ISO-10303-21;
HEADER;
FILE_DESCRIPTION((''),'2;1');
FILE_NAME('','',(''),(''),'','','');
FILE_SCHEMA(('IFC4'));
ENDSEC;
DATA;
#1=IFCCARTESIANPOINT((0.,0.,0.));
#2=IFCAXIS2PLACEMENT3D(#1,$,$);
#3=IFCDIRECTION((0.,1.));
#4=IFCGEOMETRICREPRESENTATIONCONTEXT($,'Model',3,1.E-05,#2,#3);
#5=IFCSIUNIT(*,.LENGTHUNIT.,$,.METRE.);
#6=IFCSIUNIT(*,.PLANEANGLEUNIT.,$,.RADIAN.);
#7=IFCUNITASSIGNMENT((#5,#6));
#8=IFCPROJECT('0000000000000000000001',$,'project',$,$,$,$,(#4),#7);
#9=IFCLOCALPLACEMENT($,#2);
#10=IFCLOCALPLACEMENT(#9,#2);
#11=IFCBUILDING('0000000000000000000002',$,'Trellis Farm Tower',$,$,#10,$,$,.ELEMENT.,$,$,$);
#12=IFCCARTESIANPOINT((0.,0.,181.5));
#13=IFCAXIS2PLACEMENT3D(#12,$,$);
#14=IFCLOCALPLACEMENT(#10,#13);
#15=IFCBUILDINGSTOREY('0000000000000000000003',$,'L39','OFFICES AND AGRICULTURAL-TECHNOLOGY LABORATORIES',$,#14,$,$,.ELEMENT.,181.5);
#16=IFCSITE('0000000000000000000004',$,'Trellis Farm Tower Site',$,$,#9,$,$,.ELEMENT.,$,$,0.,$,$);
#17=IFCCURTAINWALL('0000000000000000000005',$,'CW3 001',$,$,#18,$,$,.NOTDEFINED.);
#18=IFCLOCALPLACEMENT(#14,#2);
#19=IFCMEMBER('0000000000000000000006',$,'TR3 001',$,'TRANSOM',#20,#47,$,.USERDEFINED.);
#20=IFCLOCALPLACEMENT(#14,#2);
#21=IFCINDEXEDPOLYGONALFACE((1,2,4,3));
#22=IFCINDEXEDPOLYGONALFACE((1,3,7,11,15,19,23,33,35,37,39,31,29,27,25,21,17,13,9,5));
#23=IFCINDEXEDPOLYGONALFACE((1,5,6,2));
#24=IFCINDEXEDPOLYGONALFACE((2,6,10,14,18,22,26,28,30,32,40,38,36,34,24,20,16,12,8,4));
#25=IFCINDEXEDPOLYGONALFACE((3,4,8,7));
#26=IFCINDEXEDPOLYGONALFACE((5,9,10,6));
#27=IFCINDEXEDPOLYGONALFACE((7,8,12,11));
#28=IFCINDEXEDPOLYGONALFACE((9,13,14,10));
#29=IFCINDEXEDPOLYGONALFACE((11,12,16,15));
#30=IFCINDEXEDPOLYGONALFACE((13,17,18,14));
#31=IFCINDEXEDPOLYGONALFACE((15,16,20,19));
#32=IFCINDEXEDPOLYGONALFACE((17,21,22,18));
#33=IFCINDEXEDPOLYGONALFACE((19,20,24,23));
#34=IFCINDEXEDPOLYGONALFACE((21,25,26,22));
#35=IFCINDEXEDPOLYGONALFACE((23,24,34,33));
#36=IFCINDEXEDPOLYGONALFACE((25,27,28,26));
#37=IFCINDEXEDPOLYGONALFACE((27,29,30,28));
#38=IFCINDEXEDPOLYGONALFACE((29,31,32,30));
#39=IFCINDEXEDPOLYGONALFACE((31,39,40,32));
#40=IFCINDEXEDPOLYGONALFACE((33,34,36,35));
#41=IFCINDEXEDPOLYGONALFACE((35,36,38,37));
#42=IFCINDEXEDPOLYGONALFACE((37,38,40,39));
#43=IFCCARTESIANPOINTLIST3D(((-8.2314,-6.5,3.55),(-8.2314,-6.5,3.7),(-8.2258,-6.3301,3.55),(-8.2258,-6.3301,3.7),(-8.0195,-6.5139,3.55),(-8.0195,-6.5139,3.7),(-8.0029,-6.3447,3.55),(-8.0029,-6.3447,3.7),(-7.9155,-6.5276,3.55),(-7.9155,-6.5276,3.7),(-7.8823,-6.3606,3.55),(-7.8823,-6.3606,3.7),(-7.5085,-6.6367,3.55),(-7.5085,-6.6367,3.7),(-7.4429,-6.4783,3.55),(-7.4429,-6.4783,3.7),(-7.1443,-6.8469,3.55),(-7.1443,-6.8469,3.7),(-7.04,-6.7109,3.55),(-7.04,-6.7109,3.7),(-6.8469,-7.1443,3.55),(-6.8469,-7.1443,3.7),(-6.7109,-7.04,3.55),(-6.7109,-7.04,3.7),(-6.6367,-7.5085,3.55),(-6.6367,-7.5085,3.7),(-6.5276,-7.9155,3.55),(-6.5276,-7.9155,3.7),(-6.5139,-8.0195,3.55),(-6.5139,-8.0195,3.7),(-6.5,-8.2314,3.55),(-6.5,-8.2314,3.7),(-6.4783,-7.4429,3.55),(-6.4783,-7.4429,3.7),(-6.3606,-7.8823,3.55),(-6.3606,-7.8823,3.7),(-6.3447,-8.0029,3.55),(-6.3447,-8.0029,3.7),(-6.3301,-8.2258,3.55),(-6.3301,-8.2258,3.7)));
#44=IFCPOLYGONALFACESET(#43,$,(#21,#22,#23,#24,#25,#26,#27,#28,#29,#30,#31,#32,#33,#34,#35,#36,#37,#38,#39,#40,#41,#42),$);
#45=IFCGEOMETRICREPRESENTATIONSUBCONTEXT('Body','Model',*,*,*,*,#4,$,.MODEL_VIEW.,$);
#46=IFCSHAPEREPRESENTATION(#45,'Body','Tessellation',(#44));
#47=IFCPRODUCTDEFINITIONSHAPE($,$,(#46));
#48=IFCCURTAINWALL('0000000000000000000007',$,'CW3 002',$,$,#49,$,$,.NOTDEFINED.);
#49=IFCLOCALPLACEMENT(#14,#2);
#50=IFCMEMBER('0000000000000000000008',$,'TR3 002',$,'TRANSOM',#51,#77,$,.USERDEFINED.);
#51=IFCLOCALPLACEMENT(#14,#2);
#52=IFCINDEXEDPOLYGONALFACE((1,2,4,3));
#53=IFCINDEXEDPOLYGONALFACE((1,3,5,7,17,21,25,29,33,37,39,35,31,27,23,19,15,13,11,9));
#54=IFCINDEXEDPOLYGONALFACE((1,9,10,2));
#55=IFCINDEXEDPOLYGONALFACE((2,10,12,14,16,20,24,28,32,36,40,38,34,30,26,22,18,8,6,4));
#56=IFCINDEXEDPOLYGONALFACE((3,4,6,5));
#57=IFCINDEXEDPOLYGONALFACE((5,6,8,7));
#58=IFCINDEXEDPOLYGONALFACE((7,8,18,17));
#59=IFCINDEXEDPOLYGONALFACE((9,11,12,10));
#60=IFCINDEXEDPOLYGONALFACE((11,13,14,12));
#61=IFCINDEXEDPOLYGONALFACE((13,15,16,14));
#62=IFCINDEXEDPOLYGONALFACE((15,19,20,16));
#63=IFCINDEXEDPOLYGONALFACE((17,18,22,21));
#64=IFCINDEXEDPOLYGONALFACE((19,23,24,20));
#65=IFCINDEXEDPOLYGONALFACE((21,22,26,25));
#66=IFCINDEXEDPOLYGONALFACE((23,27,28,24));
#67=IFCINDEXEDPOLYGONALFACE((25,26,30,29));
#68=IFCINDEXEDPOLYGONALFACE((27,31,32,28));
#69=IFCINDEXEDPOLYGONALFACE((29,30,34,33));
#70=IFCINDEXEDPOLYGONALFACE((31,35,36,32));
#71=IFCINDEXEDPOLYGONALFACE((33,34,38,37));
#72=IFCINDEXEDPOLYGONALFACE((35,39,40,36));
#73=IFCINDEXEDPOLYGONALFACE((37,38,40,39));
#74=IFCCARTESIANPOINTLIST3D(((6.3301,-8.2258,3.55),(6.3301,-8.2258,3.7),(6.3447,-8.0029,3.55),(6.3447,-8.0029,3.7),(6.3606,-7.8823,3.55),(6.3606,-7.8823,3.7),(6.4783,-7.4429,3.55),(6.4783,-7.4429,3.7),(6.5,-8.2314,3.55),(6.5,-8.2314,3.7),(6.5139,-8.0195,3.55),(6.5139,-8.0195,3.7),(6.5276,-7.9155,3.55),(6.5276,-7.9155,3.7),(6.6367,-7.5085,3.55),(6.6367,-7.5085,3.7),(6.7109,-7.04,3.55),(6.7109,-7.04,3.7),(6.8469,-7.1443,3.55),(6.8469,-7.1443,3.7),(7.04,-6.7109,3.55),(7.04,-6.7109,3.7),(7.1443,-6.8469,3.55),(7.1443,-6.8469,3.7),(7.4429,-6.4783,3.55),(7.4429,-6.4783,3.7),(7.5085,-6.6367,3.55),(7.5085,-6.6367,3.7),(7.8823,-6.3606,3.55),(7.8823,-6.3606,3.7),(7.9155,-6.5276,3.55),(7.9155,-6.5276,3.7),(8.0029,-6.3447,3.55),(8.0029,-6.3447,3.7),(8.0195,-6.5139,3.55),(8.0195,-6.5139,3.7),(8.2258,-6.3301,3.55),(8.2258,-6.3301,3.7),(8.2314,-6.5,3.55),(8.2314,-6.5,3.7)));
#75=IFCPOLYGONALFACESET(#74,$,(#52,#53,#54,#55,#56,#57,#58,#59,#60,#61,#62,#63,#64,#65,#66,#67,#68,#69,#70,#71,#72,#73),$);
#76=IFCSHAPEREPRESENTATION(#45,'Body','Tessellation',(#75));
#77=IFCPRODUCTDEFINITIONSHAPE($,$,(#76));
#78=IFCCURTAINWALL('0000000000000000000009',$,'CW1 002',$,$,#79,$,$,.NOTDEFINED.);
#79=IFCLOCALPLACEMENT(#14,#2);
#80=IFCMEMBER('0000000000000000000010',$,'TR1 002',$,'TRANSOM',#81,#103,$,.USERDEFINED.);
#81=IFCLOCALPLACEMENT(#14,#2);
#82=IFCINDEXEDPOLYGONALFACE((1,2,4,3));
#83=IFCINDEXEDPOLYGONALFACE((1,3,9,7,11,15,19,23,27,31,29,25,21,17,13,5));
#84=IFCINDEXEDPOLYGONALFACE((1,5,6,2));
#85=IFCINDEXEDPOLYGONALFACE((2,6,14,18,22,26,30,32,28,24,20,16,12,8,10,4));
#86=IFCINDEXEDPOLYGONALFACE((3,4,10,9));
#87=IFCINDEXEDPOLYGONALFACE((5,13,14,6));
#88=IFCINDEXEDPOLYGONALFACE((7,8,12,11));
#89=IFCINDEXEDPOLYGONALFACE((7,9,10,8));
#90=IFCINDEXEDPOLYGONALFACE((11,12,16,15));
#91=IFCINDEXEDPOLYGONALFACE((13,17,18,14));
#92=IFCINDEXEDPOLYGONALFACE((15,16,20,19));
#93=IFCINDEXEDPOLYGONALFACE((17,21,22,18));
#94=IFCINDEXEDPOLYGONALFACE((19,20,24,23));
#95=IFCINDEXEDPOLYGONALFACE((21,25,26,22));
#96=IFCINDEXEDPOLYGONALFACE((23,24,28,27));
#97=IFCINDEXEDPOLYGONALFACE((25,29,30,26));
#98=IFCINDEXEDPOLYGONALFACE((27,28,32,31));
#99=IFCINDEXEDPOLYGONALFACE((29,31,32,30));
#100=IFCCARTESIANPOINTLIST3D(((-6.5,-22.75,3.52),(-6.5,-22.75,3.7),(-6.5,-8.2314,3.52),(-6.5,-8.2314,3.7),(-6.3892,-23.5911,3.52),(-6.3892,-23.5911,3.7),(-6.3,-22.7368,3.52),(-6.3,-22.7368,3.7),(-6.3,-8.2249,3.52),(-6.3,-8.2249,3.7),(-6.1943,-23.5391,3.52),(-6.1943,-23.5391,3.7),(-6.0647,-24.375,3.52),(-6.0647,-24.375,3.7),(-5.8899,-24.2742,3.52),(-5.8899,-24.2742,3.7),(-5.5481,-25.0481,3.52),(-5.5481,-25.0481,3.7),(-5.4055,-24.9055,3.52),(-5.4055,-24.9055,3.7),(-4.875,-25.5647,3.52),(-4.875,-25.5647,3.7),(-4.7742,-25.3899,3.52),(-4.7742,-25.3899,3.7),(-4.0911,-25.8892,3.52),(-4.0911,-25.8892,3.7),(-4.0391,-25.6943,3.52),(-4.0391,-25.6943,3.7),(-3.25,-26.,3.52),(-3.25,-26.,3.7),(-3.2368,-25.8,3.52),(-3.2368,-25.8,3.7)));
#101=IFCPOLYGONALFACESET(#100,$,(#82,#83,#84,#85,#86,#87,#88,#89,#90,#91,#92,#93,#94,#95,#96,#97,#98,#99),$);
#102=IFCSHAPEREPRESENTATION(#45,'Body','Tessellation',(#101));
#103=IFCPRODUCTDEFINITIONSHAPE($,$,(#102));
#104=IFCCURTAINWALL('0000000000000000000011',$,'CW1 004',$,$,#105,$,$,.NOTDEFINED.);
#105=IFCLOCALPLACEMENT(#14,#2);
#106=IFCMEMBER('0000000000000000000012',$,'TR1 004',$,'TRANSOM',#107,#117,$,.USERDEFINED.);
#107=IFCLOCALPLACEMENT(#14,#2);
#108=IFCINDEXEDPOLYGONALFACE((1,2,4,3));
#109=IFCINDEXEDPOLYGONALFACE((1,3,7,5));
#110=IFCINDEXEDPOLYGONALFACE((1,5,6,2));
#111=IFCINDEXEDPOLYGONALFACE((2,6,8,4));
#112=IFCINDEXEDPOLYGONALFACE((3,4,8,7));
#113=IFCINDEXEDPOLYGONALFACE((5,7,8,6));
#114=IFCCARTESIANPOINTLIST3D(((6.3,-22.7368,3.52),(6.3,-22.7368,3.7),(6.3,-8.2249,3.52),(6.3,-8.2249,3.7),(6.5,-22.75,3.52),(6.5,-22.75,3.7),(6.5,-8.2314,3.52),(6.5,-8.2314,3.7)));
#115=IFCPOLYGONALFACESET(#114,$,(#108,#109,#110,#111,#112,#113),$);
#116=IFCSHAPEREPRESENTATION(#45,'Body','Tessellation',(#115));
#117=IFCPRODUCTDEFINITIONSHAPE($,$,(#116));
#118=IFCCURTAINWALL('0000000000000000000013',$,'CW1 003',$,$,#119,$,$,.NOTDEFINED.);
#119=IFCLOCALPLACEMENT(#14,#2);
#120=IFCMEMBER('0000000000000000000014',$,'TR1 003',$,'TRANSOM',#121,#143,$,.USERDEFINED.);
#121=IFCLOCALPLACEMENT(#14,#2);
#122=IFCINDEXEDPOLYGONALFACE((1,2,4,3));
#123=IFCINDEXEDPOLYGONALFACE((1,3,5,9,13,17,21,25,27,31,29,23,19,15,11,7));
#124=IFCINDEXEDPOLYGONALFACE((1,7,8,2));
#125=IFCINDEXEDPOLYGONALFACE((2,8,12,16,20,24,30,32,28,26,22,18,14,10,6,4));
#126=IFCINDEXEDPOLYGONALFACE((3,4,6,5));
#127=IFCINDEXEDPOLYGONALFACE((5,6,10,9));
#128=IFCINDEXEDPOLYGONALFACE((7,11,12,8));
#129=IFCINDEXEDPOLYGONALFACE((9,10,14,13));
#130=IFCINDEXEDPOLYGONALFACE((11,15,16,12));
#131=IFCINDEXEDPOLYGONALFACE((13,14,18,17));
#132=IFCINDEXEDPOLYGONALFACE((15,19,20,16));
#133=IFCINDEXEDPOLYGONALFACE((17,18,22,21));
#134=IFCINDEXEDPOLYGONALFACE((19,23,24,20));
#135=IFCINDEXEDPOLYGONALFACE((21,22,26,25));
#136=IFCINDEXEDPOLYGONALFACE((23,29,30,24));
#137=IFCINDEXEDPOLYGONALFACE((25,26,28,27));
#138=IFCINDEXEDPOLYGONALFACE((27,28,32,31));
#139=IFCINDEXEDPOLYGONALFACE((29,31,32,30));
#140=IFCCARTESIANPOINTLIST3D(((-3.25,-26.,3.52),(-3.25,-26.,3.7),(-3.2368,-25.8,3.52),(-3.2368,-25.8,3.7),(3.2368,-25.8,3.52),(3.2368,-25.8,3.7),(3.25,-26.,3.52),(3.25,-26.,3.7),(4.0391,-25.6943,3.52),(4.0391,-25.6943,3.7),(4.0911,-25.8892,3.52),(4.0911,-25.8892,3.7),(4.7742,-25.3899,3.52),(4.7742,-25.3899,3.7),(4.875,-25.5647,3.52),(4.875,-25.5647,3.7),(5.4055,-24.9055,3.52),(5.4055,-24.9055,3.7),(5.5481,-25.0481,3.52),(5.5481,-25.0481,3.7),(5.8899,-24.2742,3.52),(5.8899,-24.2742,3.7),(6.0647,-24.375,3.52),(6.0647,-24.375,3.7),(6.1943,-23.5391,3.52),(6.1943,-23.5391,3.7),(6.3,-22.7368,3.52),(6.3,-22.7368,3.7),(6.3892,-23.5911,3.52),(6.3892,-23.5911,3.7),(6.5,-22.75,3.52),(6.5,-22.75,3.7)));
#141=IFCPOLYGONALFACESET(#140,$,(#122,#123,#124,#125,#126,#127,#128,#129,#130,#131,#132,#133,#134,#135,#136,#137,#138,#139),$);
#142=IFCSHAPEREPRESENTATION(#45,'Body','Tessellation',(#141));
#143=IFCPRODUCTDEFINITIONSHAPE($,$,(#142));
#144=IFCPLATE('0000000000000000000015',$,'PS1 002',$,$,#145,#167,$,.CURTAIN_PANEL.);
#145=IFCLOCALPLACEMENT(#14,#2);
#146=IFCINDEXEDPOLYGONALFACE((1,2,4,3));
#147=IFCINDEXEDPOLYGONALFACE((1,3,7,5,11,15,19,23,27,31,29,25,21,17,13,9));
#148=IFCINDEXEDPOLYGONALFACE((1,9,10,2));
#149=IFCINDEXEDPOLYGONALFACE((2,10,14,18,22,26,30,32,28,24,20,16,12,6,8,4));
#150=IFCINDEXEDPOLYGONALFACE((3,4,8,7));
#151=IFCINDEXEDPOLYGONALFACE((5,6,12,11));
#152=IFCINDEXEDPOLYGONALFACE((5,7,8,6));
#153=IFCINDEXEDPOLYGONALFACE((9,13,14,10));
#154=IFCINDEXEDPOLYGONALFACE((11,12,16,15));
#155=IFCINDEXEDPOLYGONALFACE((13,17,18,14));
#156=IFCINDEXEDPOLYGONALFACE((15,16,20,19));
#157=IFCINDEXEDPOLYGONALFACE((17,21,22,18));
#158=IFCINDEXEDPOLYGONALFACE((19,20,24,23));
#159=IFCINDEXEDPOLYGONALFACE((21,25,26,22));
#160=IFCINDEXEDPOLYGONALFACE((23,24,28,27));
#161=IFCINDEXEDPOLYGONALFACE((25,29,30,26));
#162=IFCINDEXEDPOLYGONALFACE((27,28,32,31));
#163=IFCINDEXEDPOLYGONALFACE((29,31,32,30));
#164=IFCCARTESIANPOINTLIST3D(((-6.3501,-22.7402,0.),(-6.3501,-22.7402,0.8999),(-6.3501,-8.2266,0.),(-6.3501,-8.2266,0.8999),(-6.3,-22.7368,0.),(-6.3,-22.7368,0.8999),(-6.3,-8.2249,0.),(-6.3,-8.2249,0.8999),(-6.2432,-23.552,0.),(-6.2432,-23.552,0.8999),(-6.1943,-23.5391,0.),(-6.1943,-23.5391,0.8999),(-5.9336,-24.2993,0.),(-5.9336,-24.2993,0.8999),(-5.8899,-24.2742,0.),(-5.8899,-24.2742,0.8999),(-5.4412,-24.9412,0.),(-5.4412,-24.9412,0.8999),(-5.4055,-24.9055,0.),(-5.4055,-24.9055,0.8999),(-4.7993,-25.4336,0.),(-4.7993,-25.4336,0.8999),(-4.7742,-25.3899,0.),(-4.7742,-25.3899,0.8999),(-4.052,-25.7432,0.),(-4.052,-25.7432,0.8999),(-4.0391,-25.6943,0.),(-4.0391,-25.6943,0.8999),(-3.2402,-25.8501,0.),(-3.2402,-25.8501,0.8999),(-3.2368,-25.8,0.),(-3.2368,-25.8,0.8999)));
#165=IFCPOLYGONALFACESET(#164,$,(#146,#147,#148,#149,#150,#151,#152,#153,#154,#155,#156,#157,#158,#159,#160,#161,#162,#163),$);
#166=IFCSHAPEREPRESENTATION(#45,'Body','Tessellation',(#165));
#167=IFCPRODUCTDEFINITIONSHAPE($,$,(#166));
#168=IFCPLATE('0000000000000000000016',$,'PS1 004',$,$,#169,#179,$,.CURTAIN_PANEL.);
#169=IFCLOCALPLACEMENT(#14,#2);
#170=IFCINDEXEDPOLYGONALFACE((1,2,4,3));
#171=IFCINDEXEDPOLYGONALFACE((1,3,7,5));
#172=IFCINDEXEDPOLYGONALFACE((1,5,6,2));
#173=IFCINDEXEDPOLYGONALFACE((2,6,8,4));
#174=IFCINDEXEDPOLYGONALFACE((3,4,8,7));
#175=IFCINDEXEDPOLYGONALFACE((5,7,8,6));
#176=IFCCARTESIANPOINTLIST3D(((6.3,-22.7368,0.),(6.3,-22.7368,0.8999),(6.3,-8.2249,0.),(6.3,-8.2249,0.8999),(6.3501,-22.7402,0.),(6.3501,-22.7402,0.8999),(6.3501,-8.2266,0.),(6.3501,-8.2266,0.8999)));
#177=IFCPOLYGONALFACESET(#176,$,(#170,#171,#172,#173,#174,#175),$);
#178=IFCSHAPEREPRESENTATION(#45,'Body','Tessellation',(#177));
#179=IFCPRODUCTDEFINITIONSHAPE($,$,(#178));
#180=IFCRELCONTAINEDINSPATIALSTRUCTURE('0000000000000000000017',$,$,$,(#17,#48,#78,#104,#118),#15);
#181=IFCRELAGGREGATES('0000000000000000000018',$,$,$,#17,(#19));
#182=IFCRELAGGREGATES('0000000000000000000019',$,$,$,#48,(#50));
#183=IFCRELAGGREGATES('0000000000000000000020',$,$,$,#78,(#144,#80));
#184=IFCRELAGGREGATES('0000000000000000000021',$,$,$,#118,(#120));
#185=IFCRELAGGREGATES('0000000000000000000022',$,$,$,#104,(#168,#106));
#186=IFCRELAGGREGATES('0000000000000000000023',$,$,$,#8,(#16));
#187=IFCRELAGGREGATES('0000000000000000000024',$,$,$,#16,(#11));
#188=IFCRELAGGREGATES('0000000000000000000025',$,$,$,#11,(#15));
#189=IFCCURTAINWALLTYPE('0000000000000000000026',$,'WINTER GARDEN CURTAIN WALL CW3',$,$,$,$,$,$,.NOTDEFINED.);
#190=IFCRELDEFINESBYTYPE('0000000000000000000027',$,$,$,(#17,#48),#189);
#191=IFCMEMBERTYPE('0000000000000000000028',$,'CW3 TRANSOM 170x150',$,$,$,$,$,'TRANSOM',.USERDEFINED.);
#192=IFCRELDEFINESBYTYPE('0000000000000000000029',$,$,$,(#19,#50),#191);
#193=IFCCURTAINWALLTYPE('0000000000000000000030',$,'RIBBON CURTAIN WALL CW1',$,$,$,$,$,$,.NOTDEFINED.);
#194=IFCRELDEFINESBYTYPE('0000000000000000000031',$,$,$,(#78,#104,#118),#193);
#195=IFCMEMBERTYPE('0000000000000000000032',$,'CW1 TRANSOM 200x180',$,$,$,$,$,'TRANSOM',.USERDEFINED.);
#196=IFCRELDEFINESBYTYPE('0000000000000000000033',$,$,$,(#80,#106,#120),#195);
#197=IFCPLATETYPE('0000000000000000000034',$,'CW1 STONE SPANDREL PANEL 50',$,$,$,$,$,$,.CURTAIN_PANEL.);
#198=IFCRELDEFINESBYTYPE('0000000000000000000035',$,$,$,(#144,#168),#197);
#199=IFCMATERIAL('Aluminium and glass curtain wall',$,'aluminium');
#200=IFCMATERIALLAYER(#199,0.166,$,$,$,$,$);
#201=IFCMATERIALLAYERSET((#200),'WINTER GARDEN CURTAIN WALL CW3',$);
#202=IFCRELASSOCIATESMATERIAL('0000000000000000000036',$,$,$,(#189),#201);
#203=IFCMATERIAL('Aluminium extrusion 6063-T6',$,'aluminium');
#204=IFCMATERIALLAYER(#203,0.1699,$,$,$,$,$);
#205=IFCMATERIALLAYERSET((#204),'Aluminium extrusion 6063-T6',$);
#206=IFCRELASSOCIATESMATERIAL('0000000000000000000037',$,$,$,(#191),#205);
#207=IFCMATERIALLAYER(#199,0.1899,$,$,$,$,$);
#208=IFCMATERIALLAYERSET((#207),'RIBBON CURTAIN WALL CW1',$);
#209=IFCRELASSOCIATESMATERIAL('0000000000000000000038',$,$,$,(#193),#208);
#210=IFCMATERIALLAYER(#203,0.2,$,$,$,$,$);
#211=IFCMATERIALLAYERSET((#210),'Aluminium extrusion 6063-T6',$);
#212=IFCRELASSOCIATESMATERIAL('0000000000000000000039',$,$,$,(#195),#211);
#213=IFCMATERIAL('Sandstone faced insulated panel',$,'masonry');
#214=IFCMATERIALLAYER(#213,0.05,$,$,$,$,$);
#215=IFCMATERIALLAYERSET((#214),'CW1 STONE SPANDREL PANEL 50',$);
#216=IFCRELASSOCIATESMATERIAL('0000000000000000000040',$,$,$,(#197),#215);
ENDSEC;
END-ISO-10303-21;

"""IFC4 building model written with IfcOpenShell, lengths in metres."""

from ifc_helpers import new_model, si_unit, direction, frame, origin, place, context, subcontext, project, spatial, polyline, outline, extrude, source, transform, mapped, material, layer, layer_set, type_object, element, aggregate, save


model = new_model("IFC4")

# Units and contexts
model_context = context("Model", 3, precision=1e-05, world=origin(), true_north=direction((0.0, 1.0)))
body_context = subcontext(model_context, "Body", "Model", "MODEL_VIEW")
ifc_project = project(units=[si_unit("LENGTHUNIT", "METRE"), si_unit("PLANEANGLEUNIT", "RADIAN")], contexts=[model_context])

# Site, building, storey
site_placement = place(None, origin())
site = spatial("IfcSite", under=ifc_project, at=site_placement, Name="Trellis Farm Tower Site", CompositionType="ELEMENT", RefElevation=0.0)
building_placement = place(site_placement, origin())
building = spatial("IfcBuilding", under=site, at=building_placement, Name="Trellis Farm Tower", CompositionType="ELEMENT")
storey_placement = place(building_placement, frame((0.0, 0.0, 181.5)))
storey = spatial("IfcBuildingStorey", under=building, at=storey_placement, Name="L39", Description="OFFICES AND AGRICULTURAL-TECHNOLOGY LABORATORIES", CompositionType="ELEMENT", Elevation=181.5)

# Curtain walls, members
ifc_material_1 = material(Name="Aluminium and glass curtain wall", Category="aluminium")
ifc_layer_1 = layer(ifc_material_1, 0.166)
ifc_layer_set_1 = layer_set([ifc_layer_1], Name="WINTER GARDEN CURTAIN WALL CW3")
curtain_wall_type_1 = type_object("IfcCurtainWallType", Name="WINTER GARDEN CURTAIN WALL CW3", PredefinedType="NOTDEFINED", material=ifc_layer_set_1)
placement_1 = place(storey_placement, origin())
curtain_wall_1 = element("IfcCurtainWall", 1, at=placement_1, inside=storey, type_object=curtain_wall_type_1, Name="CW3 001", PredefinedType="NOTDEFINED")
ifc_material_2 = material(Name="Aluminium extrusion 6063-T6", Category="aluminium")
ifc_layer_2 = layer(ifc_material_2, 0.1699)
ifc_layer_set_2 = layer_set([ifc_layer_2], Name="Aluminium extrusion 6063-T6")
member_type_1 = type_object("IfcMemberType", Name="CW3 TRANSOM 170x150", ElementType="TRANSOM", PredefinedType="USERDEFINED", material=ifc_layer_set_2)
shared_shape_1 = source(origin(), body_context, "Body", "SweptSolid", [
    extrude(outline(polyline([(-8.2314, -6.5), (-8.0195, -6.5139), (-7.9155, -6.5276), (-7.5085, -6.6367), (-7.1443, -6.8469), (-6.8469, -7.1443), (-6.6367, -7.5085), (-6.5276, -7.9155), (-6.5139, -8.0195), (-6.5, -8.2314), (-6.3301, -8.2258), (-6.3447, -8.0029), (-6.3606, -7.8823), (-6.4783, -7.4429), (-6.7109, -7.04), (-7.04, -6.7109), (-7.4429, -6.4783), (-7.8823, -6.3606), (-8.0029, -6.3447), (-8.2258, -6.3301), (-8.2314, -6.5)])), origin(), (0.0, 0.0, 1.0), 0.1499),
])
placement_2 = place(storey_placement, frame((0.0, 0.0, 3.55)))
member_1 = element("IfcMember", 2, at=placement_2, type_object=member_type_1, Name="TR3 001", ObjectType="TRANSOM", PredefinedType="USERDEFINED", context=body_context, shape_type="MappedRepresentation", body=[
    mapped(shared_shape_1, transform((0.0, 0.0, 0.0))),
])
aggregate(curtain_wall_1, [member_1])
curtain_wall_2 = element("IfcCurtainWall", 3, at=placement_1, inside=storey, type_object=curtain_wall_type_1, Name="CW3 002", PredefinedType="NOTDEFINED")
shared_shape_2 = source(origin(), body_context, "Body", "SweptSolid", [
    extrude(outline(polyline([(6.5, -8.2314), (6.5139, -8.0195), (6.5276, -7.9155), (6.6367, -7.5085), (6.8469, -7.1443), (7.1443, -6.8469), (7.5085, -6.6367), (7.9155, -6.5276), (8.0195, -6.5139), (8.2314, -6.5), (8.2258, -6.3301), (8.0029, -6.3447), (7.8823, -6.3606), (7.4429, -6.4783), (7.04, -6.7109), (6.7109, -7.04), (6.4783, -7.4429), (6.3606, -7.8823), (6.3447, -8.0029), (6.3301, -8.2258), (6.5, -8.2314)])), origin(), (0.0, 0.0, 1.0), 0.1499),
])
member_2 = element("IfcMember", 4, at=placement_2, type_object=member_type_1, Name="TR3 002", ObjectType="TRANSOM", PredefinedType="USERDEFINED", context=body_context, shape_type="MappedRepresentation", body=[
    mapped(shared_shape_2, transform((0.0, 0.0, 0.0))),
])
ifc_layer_3 = layer(ifc_material_1, 0.1899)
ifc_layer_set_3 = layer_set([ifc_layer_3], Name="RIBBON CURTAIN WALL CW1")
curtain_wall_type_2 = type_object("IfcCurtainWallType", Name="RIBBON CURTAIN WALL CW1", PredefinedType="NOTDEFINED", material=ifc_layer_set_3)
curtain_wall_3 = element("IfcCurtainWall", 5, at=placement_1, inside=storey, type_object=curtain_wall_type_2, Name="CW1 002", PredefinedType="NOTDEFINED")
ifc_layer_4 = layer(ifc_material_2, 0.2)
ifc_layer_set_4 = layer_set([ifc_layer_4], Name="Aluminium extrusion 6063-T6")
member_type_2 = type_object("IfcMemberType", Name="CW1 TRANSOM 200x180", ElementType="TRANSOM", PredefinedType="USERDEFINED", material=ifc_layer_set_4)
shared_shape_3 = source(origin(), body_context, "Body", "SweptSolid", [
    extrude(outline(polyline([(-6.5, -8.2314), (-6.5, -22.75), (-6.3892, -23.5911), (-6.0647, -24.375), (-5.5481, -25.0481), (-4.875, -25.5647), (-4.0911, -25.8892), (-3.25, -26.0), (-3.2368, -25.8), (-4.0391, -25.6943), (-4.7742, -25.3899), (-5.4055, -24.9055), (-5.8899, -24.2742), (-6.1943, -23.5391), (-6.3, -22.7368), (-6.3, -8.2249), (-6.5, -8.2314)])), origin(), (0.0, 0.0, 1.0), 0.1799),
])
placement_3 = place(storey_placement, frame((0.0, 0.0, 3.52)))
member_3 = element("IfcMember", 6, at=placement_3, type_object=member_type_2, Name="TR1 002", ObjectType="TRANSOM", PredefinedType="USERDEFINED", context=body_context, shape_type="MappedRepresentation", body=[
    mapped(shared_shape_3, transform((0.0, 0.0, 0.0))),
])
curtain_wall_4 = element("IfcCurtainWall", 7, at=placement_1, inside=storey, type_object=curtain_wall_type_2, Name="CW1 004", PredefinedType="NOTDEFINED")
shared_shape_4 = source(origin(), body_context, "Body", "SweptSolid", [
    extrude(outline(polyline([(6.5, -22.75), (6.5, -8.2314), (6.3, -8.2249), (6.3, -22.7368), (6.5, -22.75)])), origin(), (0.0, 0.0, 1.0), 0.1799),
])
member_4 = element("IfcMember", 8, at=placement_3, type_object=member_type_2, Name="TR1 004", ObjectType="TRANSOM", PredefinedType="USERDEFINED", context=body_context, shape_type="MappedRepresentation", body=[
    mapped(shared_shape_4, transform((0.0, 0.0, 0.0))),
])
curtain_wall_5 = element("IfcCurtainWall", 9, at=placement_1, inside=storey, type_object=curtain_wall_type_2, Name="CW1 003", PredefinedType="NOTDEFINED")
shared_shape_5 = source(origin(), body_context, "Body", "SweptSolid", [
    extrude(outline(polyline([(-3.25, -26.0), (3.25, -26.0), (4.0911, -25.8892), (4.875, -25.5647), (5.5481, -25.0481), (6.0647, -24.375), (6.3892, -23.5911), (6.5, -22.75), (6.3, -22.7368), (6.1943, -23.5391), (5.8899, -24.2742), (5.4055, -24.9055), (4.7742, -25.3899), (4.0391, -25.6943), (3.2368, -25.8), (-3.2368, -25.8), (-3.25, -26.0)])), origin(), (0.0, 0.0, 1.0), 0.1799),
])
member_5 = element("IfcMember", 10, at=placement_3, type_object=member_type_2, Name="TR1 003", ObjectType="TRANSOM", PredefinedType="USERDEFINED", context=body_context, shape_type="MappedRepresentation", body=[
    mapped(shared_shape_5, transform((0.0, 0.0, 0.0))),
])

# Plates
ifc_material_3 = material(Name="Sandstone faced insulated panel", Category="masonry")
ifc_layer_5 = layer(ifc_material_3, 0.05)
ifc_layer_set_5 = layer_set([ifc_layer_5], Name="CW1 STONE SPANDREL PANEL 50")
plate_type_1 = type_object("IfcPlateType", Name="CW1 STONE SPANDREL PANEL 50", PredefinedType="CURTAIN_PANEL", material=ifc_layer_set_5)
shared_shape_6 = source(origin(), body_context, "Body", "SweptSolid", [
    extrude(outline(polyline([(-6.3501, -8.2266), (-6.3501, -22.7402), (-6.2432, -23.552), (-5.9336, -24.2993), (-5.4412, -24.9412), (-4.7993, -25.4336), (-4.052, -25.7432), (-3.2402, -25.8501), (-3.2368, -25.8), (-4.0391, -25.6943), (-4.7742, -25.3899), (-5.4055, -24.9055), (-5.8899, -24.2742), (-6.1943, -23.5391), (-6.3, -22.7368), (-6.3, -8.2249), (-6.3501, -8.2266)])), origin(), (0.0, 0.0, 1.0), 0.8999),
])
plate_1 = element("IfcPlate", 11, at=placement_1, type_object=plate_type_1, Name="PS1 002", PredefinedType="CURTAIN_PANEL", context=body_context, shape_type="MappedRepresentation", body=[
    mapped(shared_shape_6, transform((0.0, 0.0, 0.0))),
])
shared_shape_7 = source(origin(), body_context, "Body", "SweptSolid", [
    extrude(outline(polyline([(6.3501, -22.7402), (6.3501, -8.2266), (6.3, -8.2249), (6.3, -22.7368), (6.3501, -22.7402)])), origin(), (0.0, 0.0, 1.0), 0.8999),
])
plate_2 = element("IfcPlate", 12, at=placement_1, type_object=plate_type_1, Name="PS1 004", PredefinedType="CURTAIN_PANEL", context=body_context, shape_type="MappedRepresentation", body=[
    mapped(shared_shape_7, transform((0.0, 0.0, 0.0))),
])
aggregate(curtain_wall_2, [member_2])
aggregate(curtain_wall_3, [plate_1, member_3])
aggregate(curtain_wall_5, [member_5])

aggregate(curtain_wall_4, [plate_2, member_4])

save(model, "model.ifc")
